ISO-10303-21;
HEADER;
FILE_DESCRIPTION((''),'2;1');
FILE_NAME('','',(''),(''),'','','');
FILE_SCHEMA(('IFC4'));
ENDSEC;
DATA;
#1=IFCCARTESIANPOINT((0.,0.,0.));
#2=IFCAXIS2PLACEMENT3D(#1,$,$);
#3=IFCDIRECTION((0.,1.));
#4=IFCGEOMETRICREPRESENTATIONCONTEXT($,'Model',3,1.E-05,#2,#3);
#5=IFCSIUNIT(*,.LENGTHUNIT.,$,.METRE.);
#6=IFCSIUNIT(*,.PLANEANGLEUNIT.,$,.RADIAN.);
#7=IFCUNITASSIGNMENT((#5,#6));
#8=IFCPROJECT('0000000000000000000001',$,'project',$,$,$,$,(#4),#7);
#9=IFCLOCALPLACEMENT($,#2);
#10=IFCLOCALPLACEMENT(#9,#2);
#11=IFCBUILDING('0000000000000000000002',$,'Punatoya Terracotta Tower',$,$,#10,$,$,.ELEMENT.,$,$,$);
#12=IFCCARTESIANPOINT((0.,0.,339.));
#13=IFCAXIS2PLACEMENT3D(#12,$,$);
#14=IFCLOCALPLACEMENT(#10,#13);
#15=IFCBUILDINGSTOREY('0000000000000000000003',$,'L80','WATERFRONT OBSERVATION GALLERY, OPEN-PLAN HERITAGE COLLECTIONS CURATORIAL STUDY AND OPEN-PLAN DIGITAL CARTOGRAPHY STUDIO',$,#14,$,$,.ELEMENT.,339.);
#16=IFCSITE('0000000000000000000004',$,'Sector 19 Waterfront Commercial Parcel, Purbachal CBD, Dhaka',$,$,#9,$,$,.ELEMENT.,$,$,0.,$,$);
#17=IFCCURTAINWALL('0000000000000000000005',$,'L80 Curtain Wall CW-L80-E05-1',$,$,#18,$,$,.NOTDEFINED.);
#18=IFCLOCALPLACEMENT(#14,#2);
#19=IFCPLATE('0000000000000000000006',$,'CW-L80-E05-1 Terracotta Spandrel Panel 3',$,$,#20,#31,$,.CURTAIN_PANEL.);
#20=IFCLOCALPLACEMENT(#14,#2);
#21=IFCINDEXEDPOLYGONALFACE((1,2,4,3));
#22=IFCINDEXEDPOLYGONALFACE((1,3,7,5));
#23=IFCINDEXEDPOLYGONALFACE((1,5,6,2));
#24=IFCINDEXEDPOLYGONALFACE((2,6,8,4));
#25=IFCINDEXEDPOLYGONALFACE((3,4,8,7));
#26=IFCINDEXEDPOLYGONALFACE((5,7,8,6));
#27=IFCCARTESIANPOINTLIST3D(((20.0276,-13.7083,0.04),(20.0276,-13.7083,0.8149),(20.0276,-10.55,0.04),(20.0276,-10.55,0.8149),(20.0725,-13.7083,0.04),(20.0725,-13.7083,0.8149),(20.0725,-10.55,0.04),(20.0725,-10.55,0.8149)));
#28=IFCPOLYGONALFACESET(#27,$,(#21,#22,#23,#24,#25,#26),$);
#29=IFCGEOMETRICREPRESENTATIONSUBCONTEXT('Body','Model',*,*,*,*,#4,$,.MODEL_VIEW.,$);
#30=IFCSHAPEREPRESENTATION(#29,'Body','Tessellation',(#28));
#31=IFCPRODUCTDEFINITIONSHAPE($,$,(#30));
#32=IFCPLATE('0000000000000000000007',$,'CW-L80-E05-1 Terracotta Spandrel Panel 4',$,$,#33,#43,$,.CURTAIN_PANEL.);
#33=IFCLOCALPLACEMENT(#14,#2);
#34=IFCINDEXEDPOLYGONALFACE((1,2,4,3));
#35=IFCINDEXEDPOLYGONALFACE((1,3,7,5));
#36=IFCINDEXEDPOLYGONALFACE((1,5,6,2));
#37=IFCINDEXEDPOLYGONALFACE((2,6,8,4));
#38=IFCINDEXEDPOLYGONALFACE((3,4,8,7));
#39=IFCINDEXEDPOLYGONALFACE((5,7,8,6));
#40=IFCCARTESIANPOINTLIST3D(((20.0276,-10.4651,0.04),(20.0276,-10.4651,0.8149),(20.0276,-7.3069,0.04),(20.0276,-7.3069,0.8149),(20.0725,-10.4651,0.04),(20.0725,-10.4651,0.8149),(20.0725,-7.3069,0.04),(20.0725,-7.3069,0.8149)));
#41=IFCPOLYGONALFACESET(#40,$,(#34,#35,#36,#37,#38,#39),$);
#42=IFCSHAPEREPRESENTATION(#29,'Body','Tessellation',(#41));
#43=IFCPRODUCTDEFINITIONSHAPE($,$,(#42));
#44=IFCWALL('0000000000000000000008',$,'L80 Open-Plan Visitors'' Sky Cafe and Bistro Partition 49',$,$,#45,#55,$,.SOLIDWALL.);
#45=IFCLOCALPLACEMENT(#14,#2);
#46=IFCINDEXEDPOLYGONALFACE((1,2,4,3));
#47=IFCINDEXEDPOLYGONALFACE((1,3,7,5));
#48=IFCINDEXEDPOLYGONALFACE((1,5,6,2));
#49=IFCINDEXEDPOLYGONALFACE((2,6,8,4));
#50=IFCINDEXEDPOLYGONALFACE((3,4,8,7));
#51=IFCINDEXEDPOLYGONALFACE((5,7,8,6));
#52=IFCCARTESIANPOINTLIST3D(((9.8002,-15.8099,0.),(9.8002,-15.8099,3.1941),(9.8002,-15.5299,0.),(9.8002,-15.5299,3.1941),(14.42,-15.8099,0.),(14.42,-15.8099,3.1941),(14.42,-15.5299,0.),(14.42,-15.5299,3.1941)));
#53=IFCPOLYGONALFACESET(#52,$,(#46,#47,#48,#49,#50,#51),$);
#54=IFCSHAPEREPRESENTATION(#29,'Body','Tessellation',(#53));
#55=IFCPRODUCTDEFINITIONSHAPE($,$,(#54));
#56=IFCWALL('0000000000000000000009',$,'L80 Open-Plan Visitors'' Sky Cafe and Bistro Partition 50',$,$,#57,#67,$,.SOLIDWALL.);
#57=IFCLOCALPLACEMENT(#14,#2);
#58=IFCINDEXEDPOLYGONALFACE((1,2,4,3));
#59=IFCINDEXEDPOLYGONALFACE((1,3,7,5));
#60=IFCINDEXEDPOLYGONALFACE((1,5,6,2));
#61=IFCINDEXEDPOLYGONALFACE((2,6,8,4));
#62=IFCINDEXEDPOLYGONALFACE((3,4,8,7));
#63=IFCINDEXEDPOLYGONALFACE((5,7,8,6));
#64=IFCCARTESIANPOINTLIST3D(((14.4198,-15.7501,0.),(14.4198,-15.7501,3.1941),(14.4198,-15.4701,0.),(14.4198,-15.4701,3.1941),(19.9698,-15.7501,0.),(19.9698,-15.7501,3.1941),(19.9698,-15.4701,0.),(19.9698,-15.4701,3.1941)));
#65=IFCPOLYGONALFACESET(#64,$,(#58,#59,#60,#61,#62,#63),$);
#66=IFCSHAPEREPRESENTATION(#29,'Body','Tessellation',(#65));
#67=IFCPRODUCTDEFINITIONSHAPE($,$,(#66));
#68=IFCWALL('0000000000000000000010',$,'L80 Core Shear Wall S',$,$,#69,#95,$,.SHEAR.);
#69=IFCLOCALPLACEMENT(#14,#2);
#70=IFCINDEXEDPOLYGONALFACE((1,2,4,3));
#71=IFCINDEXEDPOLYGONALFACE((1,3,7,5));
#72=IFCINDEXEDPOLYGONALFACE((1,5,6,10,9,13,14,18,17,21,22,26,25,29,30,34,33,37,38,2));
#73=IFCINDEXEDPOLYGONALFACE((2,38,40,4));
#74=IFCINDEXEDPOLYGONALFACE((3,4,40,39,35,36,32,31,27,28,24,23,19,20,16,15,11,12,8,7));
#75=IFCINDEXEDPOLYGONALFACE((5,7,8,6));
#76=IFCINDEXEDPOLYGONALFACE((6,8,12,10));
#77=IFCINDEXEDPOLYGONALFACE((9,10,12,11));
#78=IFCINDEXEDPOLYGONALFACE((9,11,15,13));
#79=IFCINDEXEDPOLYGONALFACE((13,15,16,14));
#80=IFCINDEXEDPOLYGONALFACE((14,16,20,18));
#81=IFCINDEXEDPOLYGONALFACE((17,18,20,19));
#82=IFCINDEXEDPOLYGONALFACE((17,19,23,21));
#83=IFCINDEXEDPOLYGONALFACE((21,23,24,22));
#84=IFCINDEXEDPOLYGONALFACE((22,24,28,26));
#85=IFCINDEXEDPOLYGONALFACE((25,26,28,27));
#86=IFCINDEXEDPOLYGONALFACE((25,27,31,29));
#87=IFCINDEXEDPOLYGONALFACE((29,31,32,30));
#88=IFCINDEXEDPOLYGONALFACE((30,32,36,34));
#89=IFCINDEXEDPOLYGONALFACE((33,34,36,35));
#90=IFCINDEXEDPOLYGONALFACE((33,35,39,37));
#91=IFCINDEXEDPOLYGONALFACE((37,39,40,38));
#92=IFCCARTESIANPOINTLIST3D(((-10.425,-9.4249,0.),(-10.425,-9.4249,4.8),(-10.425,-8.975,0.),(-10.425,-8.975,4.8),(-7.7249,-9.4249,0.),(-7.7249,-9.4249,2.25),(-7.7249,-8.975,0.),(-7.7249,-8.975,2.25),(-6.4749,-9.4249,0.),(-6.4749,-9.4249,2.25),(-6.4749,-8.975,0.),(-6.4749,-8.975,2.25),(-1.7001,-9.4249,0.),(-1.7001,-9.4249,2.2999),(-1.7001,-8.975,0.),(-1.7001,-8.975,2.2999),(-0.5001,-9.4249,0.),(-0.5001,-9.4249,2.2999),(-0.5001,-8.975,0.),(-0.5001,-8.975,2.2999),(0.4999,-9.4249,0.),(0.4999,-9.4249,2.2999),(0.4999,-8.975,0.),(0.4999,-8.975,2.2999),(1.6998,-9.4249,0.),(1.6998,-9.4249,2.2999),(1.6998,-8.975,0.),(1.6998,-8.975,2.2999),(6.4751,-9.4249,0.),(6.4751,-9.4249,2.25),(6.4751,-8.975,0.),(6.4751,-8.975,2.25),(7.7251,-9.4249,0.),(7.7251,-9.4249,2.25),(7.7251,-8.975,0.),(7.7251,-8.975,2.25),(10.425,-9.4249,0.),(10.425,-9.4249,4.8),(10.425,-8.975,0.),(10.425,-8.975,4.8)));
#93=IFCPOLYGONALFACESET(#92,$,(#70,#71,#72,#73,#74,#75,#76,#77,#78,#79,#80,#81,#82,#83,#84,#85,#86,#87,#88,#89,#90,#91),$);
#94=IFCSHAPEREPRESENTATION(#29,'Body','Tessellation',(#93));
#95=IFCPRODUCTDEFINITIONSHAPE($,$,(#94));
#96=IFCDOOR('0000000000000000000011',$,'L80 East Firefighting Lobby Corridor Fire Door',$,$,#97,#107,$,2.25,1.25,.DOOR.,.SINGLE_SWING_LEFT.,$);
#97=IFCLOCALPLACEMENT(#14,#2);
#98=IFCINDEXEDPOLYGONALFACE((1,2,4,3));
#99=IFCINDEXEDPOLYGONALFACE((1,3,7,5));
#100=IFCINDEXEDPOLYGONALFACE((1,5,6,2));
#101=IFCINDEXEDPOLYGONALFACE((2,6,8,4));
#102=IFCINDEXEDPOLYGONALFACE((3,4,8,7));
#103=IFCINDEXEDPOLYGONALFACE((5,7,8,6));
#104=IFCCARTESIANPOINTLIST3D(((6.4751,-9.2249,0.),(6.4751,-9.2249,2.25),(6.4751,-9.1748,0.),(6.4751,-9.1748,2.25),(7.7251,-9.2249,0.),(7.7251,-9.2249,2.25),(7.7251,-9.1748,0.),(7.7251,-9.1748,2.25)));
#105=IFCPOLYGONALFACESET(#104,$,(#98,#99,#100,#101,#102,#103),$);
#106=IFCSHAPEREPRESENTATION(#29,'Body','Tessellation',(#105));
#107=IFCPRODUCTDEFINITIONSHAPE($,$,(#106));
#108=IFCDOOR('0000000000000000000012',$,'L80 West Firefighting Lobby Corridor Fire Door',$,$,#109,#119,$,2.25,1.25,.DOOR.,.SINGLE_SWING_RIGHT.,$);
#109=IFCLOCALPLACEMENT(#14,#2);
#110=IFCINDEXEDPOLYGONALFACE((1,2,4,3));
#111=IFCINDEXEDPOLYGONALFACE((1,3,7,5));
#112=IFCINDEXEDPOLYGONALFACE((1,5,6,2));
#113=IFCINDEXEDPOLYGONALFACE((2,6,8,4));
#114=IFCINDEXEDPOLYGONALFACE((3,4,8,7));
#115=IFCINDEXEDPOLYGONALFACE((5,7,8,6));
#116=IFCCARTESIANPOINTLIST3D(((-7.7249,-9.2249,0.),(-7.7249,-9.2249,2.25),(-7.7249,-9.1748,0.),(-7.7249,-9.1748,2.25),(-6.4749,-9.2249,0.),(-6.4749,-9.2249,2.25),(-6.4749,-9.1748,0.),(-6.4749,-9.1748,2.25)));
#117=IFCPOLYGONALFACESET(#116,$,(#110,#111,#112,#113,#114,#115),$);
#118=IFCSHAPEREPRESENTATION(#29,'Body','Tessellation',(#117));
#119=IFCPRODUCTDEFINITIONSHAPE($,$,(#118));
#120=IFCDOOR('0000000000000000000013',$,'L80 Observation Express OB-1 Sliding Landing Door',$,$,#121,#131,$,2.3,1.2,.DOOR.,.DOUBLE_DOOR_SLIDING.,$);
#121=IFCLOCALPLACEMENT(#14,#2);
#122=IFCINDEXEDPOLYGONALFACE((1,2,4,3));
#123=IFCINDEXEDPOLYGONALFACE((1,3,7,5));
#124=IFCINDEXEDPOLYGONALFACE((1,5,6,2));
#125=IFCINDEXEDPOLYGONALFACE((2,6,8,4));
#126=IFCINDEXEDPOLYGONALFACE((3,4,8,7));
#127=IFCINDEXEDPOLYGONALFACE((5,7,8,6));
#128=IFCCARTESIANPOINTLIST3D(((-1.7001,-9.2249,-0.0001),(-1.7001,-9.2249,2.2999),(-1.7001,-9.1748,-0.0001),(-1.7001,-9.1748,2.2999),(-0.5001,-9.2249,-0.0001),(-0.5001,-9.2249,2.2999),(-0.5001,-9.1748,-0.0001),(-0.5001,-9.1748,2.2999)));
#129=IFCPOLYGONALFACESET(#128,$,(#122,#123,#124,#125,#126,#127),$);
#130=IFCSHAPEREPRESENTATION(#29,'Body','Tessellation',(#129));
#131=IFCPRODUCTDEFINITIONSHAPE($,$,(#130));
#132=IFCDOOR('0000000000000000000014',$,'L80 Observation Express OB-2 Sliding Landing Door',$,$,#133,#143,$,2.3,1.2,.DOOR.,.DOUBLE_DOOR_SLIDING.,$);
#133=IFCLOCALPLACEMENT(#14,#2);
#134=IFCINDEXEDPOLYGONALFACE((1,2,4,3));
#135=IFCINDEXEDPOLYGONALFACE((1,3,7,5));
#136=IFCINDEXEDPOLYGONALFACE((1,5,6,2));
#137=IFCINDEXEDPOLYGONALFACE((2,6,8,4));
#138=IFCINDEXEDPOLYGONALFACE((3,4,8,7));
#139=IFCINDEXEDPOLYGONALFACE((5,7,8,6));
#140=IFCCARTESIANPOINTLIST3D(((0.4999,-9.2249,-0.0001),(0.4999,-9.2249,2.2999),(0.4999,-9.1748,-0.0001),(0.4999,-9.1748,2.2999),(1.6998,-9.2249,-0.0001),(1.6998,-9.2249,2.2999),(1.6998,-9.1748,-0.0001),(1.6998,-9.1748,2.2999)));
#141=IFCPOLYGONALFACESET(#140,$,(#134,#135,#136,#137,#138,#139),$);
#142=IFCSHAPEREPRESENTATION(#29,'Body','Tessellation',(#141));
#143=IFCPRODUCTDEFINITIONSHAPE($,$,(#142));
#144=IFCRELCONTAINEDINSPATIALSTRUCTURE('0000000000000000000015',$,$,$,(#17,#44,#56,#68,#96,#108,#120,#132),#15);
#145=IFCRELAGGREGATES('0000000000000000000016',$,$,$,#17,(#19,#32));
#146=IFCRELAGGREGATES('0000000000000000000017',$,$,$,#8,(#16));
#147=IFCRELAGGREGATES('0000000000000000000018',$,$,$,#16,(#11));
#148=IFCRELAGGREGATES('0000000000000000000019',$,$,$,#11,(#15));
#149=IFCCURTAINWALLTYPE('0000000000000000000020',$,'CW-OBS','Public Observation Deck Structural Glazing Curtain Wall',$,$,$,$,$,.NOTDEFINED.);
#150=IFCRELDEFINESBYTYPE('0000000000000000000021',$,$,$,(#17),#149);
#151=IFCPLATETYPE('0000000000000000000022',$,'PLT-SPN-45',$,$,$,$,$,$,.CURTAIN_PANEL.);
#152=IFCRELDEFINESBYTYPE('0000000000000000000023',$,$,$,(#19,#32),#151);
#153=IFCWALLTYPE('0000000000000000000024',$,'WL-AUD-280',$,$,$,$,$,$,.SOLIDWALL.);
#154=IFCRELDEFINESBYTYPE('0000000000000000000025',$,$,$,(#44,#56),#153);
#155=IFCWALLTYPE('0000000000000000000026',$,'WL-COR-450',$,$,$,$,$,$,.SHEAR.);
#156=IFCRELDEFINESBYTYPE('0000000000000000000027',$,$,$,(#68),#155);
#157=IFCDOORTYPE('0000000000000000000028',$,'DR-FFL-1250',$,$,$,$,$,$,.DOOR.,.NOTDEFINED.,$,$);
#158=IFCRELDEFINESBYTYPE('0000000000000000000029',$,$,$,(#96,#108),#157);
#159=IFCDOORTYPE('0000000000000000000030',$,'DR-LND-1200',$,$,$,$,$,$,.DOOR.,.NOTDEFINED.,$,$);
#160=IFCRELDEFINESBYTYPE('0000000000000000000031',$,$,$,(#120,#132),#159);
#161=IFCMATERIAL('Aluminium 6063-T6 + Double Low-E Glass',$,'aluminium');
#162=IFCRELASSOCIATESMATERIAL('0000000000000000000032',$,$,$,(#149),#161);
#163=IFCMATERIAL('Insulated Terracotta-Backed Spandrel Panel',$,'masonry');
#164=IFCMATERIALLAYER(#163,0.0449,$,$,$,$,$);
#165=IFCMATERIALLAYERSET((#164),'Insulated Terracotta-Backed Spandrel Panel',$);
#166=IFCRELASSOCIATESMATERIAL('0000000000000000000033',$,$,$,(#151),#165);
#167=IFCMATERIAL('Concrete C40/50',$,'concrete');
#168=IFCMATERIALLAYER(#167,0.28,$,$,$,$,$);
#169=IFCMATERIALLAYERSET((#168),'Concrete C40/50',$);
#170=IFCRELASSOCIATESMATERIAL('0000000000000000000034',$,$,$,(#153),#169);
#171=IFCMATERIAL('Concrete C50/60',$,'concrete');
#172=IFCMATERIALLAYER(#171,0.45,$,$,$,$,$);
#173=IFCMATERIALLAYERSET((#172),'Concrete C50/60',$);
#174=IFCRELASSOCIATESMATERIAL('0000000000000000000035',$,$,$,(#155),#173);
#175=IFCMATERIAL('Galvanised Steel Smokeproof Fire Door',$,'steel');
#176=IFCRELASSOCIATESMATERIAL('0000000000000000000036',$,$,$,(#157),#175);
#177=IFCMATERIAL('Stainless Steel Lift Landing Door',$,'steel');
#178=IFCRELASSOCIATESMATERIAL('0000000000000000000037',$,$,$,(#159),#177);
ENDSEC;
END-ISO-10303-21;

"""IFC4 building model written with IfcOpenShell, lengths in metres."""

from ifc_helpers import new_model, si_unit, direction, frame, frame_2d, origin, origin_2d, place, context, subcontext, project, spatial, rectangle, extrude, material, layer, layer_set, type_object, element, fill, aggregate, save


model = new_model("IFC4")

# Units and contexts
model_context = context("Model", 3, precision=1e-05, world=origin(), true_north=direction((0.0, 1.0)))
body_context = subcontext(model_context, "Body", "Model", "MODEL_VIEW")
ifc_project = project(units=[si_unit("LENGTHUNIT", "METRE"), si_unit("PLANEANGLEUNIT", "RADIAN")], contexts=[model_context])

# Site, building, storey
site_placement = place(None, origin())
site = spatial("IfcSite", under=ifc_project, at=site_placement, Name="Sector 19 Waterfront Commercial Parcel, Purbachal CBD, Dhaka", CompositionType="ELEMENT", RefElevation=0.0)
building_placement = place(site_placement, origin())
building = spatial("IfcBuilding", under=site, at=building_placement, Name="Punatoya Terracotta Tower", CompositionType="ELEMENT")
storey_placement = place(building_placement, frame((0.0, 0.0, 339.0)))
storey = spatial("IfcBuildingStorey", under=building, at=storey_placement, Name="L80", Description="WATERFRONT OBSERVATION GALLERY, OPEN-PLAN HERITAGE COLLECTIONS CURATORIAL STUDY AND OPEN-PLAN DIGITAL CARTOGRAPHY STUDIO", CompositionType="ELEMENT", Elevation=339.0)

# Curtain wall, plates
ifc_material_1 = material(Name="Aluminium 6063-T6 + Double Low-E Glass", Category="aluminium")
curtain_wall_type = type_object("IfcCurtainWallType", Name="CW-OBS", Description="Public Observation Deck Structural Glazing Curtain Wall", PredefinedType="NOTDEFINED", material=ifc_material_1)
curtain_wall_placement = place(storey_placement, origin())
curtain_wall = element("IfcCurtainWall", 1, at=curtain_wall_placement, inside=storey, type_object=curtain_wall_type, Name="L80 Curtain Wall CW-L80-E05-1", PredefinedType="NOTDEFINED")
ifc_material_2 = material(Name="Insulated Terracotta-Backed Spandrel Panel", Category="masonry")
ifc_layer_1 = layer(ifc_material_2, 0.0449)
ifc_layer_set_1 = layer_set([ifc_layer_1], Name="Insulated Terracotta-Backed Spandrel Panel")
plate_type_1 = type_object("IfcPlateType", Name="PLT-SPN-45", PredefinedType="CURTAIN_PANEL", material=ifc_layer_set_1)
plate_1_placement = place(storey_placement, frame((20.05, -12.1292, 0.04), z_axis=(0.0, 0.0, 1.0), x_axis=(0.0, 1.0, 0.0)))
plate_1 = element("IfcPlate", 2, at=plate_1_placement, type_object=plate_type_1, Name="CW-L80-E05-1 Terracotta Spandrel Panel 3", PredefinedType="CURTAIN_PANEL", context=body_context, shape_type="SweptSolid", body=[
    extrude(rectangle(XDim=3.1582, YDim=0.0449, at=origin_2d()), origin(), (0.0, 0.0, 1.0), 0.7749),
])
plate_2_placement = place(storey_placement, frame((20.05, -8.886, 0.04), z_axis=(0.0, 0.0, 1.0), x_axis=(0.0, 1.0, 0.0)))
plate_2 = element("IfcPlate", 3, at=plate_2_placement, type_object=plate_type_1, Name="CW-L80-E05-1 Terracotta Spandrel Panel 4", PredefinedType="CURTAIN_PANEL", context=body_context, shape_type="SweptSolid", body=[
    extrude(rectangle(XDim=3.1582, YDim=0.0449, at=origin_2d()), origin(), (0.0, 0.0, 1.0), 0.7749),
])
aggregate(curtain_wall, [plate_1, plate_2])

# Walls
ifc_material_3 = material(Name="Concrete C40/50", Category="concrete")
ifc_layer_2 = layer(ifc_material_3, 0.28)
ifc_layer_set_2 = layer_set([ifc_layer_2], Name="Concrete C40/50")
wall_type_1 = type_object("IfcWallType", Name="WL-AUD-280", PredefinedType="SOLIDWALL", material=ifc_layer_set_2)
wall_1_placement = place(storey_placement, frame((9.8, -15.6699, 0.0), z_axis=(0.0, 0.0, 1.0), x_axis=(1.0, 0.0, 0.0)))
element("IfcWall", 4, at=wall_1_placement, inside=storey, type_object=wall_type_1, Name="L80 Open-Plan Visitors' Sky Cafe and Bistro Partition 49", PredefinedType="SOLIDWALL", context=body_context, shape_type="SweptSolid", body=[
    extrude(rectangle(XDim=4.6199, YDim=0.28, at=frame_2d((2.3101, 0.0))), origin(), (0.0, 0.0, 1.0), 3.1941),
])
wall_2_placement = place(storey_placement, frame((14.4199, -15.6101, 0.0), z_axis=(0.0, 0.0, 1.0), x_axis=(1.0, 0.0, 0.0)))
element("IfcWall", 5, at=wall_2_placement, inside=storey, type_object=wall_type_1, Name="L80 Open-Plan Visitors' Sky Cafe and Bistro Partition 50", PredefinedType="SOLIDWALL", context=body_context, shape_type="SweptSolid", body=[
    extrude(rectangle(XDim=5.55, YDim=0.28, at=frame_2d((2.7749, 0.0))), origin(), (0.0, 0.0, 1.0), 3.1941),
])

# Wall, openings, doors
ifc_material_4 = material(Name="Concrete C50/60", Category="concrete")
ifc_layer_3 = layer(ifc_material_4, 0.45)
ifc_layer_set_3 = layer_set([ifc_layer_3], Name="Concrete C50/60")
wall_type_2 = type_object("IfcWallType", Name="WL-COR-450", PredefinedType="SHEAR", material=ifc_layer_set_3)
wall_3_placement = place(storey_placement, frame((10.425, -9.2, 0.0), z_axis=(0.0, 0.0, 1.0), x_axis=(-1.0, 0.0, 0.0)))
wall_3 = element("IfcWall", 6, at=wall_3_placement, inside=storey, type_object=wall_type_2, Name="L80 Core Shear Wall S", PredefinedType="SHEAR", context=body_context, shape_type="SweptSolid", body=[
    extrude(rectangle(XDim=20.8501, YDim=0.45, at=frame_2d((10.425, 0.0))), origin(), (0.0, 0.0, 1.0), 4.8),
])
opening_1_placement = place(wall_3_placement, frame((2.7, 0.0, 0.0)))
opening_1 = element("IfcOpeningElement", 7, at=opening_1_placement, cuts=wall_3, PredefinedType="OPENING", context=body_context, shape_type="SweptSolid", body=[
    extrude(rectangle(XDim=1.25, YDim=2.25, at=frame_2d((0.625, 1.125))), frame((0.0, 0.2349, 0.0), z_axis=(0.0, -1.0, 0.0), x_axis=(1.0, 0.0, 0.0)), (0.0, 0.0, 1.0), 0.47),
])
opening_2_placement = place(wall_3_placement, frame((16.8999, 0.0, 0.0)))
opening_2 = element("IfcOpeningElement", 8, at=opening_2_placement, cuts=wall_3, PredefinedType="OPENING", context=body_context, shape_type="SweptSolid", body=[
    extrude(rectangle(XDim=1.25, YDim=2.25, at=frame_2d((0.625, 1.125))), frame((0.0, 0.2349, 0.0), z_axis=(0.0, -1.0, 0.0), x_axis=(1.0, 0.0, 0.0)), (0.0, 0.0, 1.0), 0.47),
])
opening_3_placement = place(wall_3_placement, frame((10.925, 0.0, 0.0)))
opening_3 = element("IfcOpeningElement", 9, at=opening_3_placement, cuts=wall_3, PredefinedType="OPENING", context=body_context, shape_type="SweptSolid", body=[
    extrude(rectangle(XDim=1.2, YDim=2.3, at=frame_2d((0.6001, 1.1499))), frame((0.0, 0.2349, 0.0), z_axis=(0.0, -1.0, 0.0), x_axis=(1.0, 0.0, 0.0)), (0.0, 0.0, 1.0), 0.47),
])
opening_4_placement = place(wall_3_placement, frame((8.7251, 0.0, 0.0)))
opening_4 = element("IfcOpeningElement", 10, at=opening_4_placement, cuts=wall_3, PredefinedType="OPENING", context=body_context, shape_type="SweptSolid", body=[
    extrude(rectangle(XDim=1.2, YDim=2.3, at=frame_2d((0.6001, 1.1499))), frame((0.0, 0.2349, 0.0), z_axis=(0.0, -1.0, 0.0), x_axis=(1.0, 0.0, 0.0)), (0.0, 0.0, 1.0), 0.47),
])
ifc_material_5 = material(Name="Galvanised Steel Smokeproof Fire Door", Category="steel")
door_type_1 = type_object("IfcDoorType", Name="DR-FFL-1250", OperationType="NOTDEFINED", PredefinedType="DOOR", material=ifc_material_5)
door_1_placement = place(opening_1_placement, origin())
door_1 = element("IfcDoor", 11, at=door_1_placement, inside=storey, type_object=door_type_1, Name="L80 East Firefighting Lobby Corridor Fire Door", OperationType="SINGLE_SWING_LEFT", OverallHeight=2.25, OverallWidth=1.25, PredefinedType="DOOR", context=body_context, shape_type="SweptSolid", body=[
    extrude(rectangle(XDim=1.25, YDim=2.25, at=frame_2d((0.625, 1.125))), frame((0.0, 0.0249, 0.0), z_axis=(0.0, -1.0, 0.0), x_axis=(1.0, 0.0, 0.0)), (0.0, 0.0, 1.0), 0.05),
])
fill(opening_1, door_1)
door_2_placement = place(opening_2_placement, origin())
door_2 = element("IfcDoor", 12, at=door_2_placement, inside=storey, type_object=door_type_1, Name="L80 West Firefighting Lobby Corridor Fire Door", OperationType="SINGLE_SWING_RIGHT", OverallHeight=2.25, OverallWidth=1.25, PredefinedType="DOOR", context=body_context, shape_type="SweptSolid", body=[
    extrude(rectangle(XDim=1.25, YDim=2.25, at=frame_2d((0.625, 1.125))), frame((0.0, 0.0249, 0.0), z_axis=(0.0, -1.0, 0.0), x_axis=(1.0, 0.0, 0.0)), (0.0, 0.0, 1.0), 0.05),
])
fill(opening_2, door_2)
ifc_material_6 = material(Name="Stainless Steel Lift Landing Door", Category="steel")
door_type_2 = type_object("IfcDoorType", Name="DR-LND-1200", OperationType="NOTDEFINED", PredefinedType="DOOR", material=ifc_material_6)
door_3_placement = place(opening_3_placement, origin())
door_3 = element("IfcDoor", 13, at=door_3_placement, inside=storey, type_object=door_type_2, Name="L80 Observation Express OB-1 Sliding Landing Door", OperationType="DOUBLE_DOOR_SLIDING", OverallHeight=2.3, OverallWidth=1.2, PredefinedType="DOOR", context=body_context, shape_type="SweptSolid", body=[
    extrude(rectangle(XDim=1.2, YDim=2.3, at=frame_2d((0.6001, 1.1499))), frame((0.0, 0.0249, 0.0), z_axis=(0.0, -1.0, 0.0), x_axis=(1.0, 0.0, 0.0)), (0.0, 0.0, 1.0), 0.05),
])
fill(opening_3, door_3)
door_4_placement = place(opening_4_placement, origin())
door_4 = element("IfcDoor", 14, at=door_4_placement, inside=storey, type_object=door_type_2, Name="L80 Observation Express OB-2 Sliding Landing Door", OperationType="DOUBLE_DOOR_SLIDING", OverallHeight=2.3, OverallWidth=1.2, PredefinedType="DOOR", context=body_context, shape_type="SweptSolid", body=[
    extrude(rectangle(XDim=1.2, YDim=2.3, at=frame_2d((0.6001, 1.1499))), frame((0.0, 0.0249, 0.0), z_axis=(0.0, -1.0, 0.0), x_axis=(1.0, 0.0, 0.0)), (0.0, 0.0, 1.0), 0.05),
])
fill(opening_4, door_4)

save(model, "model.ifc")
